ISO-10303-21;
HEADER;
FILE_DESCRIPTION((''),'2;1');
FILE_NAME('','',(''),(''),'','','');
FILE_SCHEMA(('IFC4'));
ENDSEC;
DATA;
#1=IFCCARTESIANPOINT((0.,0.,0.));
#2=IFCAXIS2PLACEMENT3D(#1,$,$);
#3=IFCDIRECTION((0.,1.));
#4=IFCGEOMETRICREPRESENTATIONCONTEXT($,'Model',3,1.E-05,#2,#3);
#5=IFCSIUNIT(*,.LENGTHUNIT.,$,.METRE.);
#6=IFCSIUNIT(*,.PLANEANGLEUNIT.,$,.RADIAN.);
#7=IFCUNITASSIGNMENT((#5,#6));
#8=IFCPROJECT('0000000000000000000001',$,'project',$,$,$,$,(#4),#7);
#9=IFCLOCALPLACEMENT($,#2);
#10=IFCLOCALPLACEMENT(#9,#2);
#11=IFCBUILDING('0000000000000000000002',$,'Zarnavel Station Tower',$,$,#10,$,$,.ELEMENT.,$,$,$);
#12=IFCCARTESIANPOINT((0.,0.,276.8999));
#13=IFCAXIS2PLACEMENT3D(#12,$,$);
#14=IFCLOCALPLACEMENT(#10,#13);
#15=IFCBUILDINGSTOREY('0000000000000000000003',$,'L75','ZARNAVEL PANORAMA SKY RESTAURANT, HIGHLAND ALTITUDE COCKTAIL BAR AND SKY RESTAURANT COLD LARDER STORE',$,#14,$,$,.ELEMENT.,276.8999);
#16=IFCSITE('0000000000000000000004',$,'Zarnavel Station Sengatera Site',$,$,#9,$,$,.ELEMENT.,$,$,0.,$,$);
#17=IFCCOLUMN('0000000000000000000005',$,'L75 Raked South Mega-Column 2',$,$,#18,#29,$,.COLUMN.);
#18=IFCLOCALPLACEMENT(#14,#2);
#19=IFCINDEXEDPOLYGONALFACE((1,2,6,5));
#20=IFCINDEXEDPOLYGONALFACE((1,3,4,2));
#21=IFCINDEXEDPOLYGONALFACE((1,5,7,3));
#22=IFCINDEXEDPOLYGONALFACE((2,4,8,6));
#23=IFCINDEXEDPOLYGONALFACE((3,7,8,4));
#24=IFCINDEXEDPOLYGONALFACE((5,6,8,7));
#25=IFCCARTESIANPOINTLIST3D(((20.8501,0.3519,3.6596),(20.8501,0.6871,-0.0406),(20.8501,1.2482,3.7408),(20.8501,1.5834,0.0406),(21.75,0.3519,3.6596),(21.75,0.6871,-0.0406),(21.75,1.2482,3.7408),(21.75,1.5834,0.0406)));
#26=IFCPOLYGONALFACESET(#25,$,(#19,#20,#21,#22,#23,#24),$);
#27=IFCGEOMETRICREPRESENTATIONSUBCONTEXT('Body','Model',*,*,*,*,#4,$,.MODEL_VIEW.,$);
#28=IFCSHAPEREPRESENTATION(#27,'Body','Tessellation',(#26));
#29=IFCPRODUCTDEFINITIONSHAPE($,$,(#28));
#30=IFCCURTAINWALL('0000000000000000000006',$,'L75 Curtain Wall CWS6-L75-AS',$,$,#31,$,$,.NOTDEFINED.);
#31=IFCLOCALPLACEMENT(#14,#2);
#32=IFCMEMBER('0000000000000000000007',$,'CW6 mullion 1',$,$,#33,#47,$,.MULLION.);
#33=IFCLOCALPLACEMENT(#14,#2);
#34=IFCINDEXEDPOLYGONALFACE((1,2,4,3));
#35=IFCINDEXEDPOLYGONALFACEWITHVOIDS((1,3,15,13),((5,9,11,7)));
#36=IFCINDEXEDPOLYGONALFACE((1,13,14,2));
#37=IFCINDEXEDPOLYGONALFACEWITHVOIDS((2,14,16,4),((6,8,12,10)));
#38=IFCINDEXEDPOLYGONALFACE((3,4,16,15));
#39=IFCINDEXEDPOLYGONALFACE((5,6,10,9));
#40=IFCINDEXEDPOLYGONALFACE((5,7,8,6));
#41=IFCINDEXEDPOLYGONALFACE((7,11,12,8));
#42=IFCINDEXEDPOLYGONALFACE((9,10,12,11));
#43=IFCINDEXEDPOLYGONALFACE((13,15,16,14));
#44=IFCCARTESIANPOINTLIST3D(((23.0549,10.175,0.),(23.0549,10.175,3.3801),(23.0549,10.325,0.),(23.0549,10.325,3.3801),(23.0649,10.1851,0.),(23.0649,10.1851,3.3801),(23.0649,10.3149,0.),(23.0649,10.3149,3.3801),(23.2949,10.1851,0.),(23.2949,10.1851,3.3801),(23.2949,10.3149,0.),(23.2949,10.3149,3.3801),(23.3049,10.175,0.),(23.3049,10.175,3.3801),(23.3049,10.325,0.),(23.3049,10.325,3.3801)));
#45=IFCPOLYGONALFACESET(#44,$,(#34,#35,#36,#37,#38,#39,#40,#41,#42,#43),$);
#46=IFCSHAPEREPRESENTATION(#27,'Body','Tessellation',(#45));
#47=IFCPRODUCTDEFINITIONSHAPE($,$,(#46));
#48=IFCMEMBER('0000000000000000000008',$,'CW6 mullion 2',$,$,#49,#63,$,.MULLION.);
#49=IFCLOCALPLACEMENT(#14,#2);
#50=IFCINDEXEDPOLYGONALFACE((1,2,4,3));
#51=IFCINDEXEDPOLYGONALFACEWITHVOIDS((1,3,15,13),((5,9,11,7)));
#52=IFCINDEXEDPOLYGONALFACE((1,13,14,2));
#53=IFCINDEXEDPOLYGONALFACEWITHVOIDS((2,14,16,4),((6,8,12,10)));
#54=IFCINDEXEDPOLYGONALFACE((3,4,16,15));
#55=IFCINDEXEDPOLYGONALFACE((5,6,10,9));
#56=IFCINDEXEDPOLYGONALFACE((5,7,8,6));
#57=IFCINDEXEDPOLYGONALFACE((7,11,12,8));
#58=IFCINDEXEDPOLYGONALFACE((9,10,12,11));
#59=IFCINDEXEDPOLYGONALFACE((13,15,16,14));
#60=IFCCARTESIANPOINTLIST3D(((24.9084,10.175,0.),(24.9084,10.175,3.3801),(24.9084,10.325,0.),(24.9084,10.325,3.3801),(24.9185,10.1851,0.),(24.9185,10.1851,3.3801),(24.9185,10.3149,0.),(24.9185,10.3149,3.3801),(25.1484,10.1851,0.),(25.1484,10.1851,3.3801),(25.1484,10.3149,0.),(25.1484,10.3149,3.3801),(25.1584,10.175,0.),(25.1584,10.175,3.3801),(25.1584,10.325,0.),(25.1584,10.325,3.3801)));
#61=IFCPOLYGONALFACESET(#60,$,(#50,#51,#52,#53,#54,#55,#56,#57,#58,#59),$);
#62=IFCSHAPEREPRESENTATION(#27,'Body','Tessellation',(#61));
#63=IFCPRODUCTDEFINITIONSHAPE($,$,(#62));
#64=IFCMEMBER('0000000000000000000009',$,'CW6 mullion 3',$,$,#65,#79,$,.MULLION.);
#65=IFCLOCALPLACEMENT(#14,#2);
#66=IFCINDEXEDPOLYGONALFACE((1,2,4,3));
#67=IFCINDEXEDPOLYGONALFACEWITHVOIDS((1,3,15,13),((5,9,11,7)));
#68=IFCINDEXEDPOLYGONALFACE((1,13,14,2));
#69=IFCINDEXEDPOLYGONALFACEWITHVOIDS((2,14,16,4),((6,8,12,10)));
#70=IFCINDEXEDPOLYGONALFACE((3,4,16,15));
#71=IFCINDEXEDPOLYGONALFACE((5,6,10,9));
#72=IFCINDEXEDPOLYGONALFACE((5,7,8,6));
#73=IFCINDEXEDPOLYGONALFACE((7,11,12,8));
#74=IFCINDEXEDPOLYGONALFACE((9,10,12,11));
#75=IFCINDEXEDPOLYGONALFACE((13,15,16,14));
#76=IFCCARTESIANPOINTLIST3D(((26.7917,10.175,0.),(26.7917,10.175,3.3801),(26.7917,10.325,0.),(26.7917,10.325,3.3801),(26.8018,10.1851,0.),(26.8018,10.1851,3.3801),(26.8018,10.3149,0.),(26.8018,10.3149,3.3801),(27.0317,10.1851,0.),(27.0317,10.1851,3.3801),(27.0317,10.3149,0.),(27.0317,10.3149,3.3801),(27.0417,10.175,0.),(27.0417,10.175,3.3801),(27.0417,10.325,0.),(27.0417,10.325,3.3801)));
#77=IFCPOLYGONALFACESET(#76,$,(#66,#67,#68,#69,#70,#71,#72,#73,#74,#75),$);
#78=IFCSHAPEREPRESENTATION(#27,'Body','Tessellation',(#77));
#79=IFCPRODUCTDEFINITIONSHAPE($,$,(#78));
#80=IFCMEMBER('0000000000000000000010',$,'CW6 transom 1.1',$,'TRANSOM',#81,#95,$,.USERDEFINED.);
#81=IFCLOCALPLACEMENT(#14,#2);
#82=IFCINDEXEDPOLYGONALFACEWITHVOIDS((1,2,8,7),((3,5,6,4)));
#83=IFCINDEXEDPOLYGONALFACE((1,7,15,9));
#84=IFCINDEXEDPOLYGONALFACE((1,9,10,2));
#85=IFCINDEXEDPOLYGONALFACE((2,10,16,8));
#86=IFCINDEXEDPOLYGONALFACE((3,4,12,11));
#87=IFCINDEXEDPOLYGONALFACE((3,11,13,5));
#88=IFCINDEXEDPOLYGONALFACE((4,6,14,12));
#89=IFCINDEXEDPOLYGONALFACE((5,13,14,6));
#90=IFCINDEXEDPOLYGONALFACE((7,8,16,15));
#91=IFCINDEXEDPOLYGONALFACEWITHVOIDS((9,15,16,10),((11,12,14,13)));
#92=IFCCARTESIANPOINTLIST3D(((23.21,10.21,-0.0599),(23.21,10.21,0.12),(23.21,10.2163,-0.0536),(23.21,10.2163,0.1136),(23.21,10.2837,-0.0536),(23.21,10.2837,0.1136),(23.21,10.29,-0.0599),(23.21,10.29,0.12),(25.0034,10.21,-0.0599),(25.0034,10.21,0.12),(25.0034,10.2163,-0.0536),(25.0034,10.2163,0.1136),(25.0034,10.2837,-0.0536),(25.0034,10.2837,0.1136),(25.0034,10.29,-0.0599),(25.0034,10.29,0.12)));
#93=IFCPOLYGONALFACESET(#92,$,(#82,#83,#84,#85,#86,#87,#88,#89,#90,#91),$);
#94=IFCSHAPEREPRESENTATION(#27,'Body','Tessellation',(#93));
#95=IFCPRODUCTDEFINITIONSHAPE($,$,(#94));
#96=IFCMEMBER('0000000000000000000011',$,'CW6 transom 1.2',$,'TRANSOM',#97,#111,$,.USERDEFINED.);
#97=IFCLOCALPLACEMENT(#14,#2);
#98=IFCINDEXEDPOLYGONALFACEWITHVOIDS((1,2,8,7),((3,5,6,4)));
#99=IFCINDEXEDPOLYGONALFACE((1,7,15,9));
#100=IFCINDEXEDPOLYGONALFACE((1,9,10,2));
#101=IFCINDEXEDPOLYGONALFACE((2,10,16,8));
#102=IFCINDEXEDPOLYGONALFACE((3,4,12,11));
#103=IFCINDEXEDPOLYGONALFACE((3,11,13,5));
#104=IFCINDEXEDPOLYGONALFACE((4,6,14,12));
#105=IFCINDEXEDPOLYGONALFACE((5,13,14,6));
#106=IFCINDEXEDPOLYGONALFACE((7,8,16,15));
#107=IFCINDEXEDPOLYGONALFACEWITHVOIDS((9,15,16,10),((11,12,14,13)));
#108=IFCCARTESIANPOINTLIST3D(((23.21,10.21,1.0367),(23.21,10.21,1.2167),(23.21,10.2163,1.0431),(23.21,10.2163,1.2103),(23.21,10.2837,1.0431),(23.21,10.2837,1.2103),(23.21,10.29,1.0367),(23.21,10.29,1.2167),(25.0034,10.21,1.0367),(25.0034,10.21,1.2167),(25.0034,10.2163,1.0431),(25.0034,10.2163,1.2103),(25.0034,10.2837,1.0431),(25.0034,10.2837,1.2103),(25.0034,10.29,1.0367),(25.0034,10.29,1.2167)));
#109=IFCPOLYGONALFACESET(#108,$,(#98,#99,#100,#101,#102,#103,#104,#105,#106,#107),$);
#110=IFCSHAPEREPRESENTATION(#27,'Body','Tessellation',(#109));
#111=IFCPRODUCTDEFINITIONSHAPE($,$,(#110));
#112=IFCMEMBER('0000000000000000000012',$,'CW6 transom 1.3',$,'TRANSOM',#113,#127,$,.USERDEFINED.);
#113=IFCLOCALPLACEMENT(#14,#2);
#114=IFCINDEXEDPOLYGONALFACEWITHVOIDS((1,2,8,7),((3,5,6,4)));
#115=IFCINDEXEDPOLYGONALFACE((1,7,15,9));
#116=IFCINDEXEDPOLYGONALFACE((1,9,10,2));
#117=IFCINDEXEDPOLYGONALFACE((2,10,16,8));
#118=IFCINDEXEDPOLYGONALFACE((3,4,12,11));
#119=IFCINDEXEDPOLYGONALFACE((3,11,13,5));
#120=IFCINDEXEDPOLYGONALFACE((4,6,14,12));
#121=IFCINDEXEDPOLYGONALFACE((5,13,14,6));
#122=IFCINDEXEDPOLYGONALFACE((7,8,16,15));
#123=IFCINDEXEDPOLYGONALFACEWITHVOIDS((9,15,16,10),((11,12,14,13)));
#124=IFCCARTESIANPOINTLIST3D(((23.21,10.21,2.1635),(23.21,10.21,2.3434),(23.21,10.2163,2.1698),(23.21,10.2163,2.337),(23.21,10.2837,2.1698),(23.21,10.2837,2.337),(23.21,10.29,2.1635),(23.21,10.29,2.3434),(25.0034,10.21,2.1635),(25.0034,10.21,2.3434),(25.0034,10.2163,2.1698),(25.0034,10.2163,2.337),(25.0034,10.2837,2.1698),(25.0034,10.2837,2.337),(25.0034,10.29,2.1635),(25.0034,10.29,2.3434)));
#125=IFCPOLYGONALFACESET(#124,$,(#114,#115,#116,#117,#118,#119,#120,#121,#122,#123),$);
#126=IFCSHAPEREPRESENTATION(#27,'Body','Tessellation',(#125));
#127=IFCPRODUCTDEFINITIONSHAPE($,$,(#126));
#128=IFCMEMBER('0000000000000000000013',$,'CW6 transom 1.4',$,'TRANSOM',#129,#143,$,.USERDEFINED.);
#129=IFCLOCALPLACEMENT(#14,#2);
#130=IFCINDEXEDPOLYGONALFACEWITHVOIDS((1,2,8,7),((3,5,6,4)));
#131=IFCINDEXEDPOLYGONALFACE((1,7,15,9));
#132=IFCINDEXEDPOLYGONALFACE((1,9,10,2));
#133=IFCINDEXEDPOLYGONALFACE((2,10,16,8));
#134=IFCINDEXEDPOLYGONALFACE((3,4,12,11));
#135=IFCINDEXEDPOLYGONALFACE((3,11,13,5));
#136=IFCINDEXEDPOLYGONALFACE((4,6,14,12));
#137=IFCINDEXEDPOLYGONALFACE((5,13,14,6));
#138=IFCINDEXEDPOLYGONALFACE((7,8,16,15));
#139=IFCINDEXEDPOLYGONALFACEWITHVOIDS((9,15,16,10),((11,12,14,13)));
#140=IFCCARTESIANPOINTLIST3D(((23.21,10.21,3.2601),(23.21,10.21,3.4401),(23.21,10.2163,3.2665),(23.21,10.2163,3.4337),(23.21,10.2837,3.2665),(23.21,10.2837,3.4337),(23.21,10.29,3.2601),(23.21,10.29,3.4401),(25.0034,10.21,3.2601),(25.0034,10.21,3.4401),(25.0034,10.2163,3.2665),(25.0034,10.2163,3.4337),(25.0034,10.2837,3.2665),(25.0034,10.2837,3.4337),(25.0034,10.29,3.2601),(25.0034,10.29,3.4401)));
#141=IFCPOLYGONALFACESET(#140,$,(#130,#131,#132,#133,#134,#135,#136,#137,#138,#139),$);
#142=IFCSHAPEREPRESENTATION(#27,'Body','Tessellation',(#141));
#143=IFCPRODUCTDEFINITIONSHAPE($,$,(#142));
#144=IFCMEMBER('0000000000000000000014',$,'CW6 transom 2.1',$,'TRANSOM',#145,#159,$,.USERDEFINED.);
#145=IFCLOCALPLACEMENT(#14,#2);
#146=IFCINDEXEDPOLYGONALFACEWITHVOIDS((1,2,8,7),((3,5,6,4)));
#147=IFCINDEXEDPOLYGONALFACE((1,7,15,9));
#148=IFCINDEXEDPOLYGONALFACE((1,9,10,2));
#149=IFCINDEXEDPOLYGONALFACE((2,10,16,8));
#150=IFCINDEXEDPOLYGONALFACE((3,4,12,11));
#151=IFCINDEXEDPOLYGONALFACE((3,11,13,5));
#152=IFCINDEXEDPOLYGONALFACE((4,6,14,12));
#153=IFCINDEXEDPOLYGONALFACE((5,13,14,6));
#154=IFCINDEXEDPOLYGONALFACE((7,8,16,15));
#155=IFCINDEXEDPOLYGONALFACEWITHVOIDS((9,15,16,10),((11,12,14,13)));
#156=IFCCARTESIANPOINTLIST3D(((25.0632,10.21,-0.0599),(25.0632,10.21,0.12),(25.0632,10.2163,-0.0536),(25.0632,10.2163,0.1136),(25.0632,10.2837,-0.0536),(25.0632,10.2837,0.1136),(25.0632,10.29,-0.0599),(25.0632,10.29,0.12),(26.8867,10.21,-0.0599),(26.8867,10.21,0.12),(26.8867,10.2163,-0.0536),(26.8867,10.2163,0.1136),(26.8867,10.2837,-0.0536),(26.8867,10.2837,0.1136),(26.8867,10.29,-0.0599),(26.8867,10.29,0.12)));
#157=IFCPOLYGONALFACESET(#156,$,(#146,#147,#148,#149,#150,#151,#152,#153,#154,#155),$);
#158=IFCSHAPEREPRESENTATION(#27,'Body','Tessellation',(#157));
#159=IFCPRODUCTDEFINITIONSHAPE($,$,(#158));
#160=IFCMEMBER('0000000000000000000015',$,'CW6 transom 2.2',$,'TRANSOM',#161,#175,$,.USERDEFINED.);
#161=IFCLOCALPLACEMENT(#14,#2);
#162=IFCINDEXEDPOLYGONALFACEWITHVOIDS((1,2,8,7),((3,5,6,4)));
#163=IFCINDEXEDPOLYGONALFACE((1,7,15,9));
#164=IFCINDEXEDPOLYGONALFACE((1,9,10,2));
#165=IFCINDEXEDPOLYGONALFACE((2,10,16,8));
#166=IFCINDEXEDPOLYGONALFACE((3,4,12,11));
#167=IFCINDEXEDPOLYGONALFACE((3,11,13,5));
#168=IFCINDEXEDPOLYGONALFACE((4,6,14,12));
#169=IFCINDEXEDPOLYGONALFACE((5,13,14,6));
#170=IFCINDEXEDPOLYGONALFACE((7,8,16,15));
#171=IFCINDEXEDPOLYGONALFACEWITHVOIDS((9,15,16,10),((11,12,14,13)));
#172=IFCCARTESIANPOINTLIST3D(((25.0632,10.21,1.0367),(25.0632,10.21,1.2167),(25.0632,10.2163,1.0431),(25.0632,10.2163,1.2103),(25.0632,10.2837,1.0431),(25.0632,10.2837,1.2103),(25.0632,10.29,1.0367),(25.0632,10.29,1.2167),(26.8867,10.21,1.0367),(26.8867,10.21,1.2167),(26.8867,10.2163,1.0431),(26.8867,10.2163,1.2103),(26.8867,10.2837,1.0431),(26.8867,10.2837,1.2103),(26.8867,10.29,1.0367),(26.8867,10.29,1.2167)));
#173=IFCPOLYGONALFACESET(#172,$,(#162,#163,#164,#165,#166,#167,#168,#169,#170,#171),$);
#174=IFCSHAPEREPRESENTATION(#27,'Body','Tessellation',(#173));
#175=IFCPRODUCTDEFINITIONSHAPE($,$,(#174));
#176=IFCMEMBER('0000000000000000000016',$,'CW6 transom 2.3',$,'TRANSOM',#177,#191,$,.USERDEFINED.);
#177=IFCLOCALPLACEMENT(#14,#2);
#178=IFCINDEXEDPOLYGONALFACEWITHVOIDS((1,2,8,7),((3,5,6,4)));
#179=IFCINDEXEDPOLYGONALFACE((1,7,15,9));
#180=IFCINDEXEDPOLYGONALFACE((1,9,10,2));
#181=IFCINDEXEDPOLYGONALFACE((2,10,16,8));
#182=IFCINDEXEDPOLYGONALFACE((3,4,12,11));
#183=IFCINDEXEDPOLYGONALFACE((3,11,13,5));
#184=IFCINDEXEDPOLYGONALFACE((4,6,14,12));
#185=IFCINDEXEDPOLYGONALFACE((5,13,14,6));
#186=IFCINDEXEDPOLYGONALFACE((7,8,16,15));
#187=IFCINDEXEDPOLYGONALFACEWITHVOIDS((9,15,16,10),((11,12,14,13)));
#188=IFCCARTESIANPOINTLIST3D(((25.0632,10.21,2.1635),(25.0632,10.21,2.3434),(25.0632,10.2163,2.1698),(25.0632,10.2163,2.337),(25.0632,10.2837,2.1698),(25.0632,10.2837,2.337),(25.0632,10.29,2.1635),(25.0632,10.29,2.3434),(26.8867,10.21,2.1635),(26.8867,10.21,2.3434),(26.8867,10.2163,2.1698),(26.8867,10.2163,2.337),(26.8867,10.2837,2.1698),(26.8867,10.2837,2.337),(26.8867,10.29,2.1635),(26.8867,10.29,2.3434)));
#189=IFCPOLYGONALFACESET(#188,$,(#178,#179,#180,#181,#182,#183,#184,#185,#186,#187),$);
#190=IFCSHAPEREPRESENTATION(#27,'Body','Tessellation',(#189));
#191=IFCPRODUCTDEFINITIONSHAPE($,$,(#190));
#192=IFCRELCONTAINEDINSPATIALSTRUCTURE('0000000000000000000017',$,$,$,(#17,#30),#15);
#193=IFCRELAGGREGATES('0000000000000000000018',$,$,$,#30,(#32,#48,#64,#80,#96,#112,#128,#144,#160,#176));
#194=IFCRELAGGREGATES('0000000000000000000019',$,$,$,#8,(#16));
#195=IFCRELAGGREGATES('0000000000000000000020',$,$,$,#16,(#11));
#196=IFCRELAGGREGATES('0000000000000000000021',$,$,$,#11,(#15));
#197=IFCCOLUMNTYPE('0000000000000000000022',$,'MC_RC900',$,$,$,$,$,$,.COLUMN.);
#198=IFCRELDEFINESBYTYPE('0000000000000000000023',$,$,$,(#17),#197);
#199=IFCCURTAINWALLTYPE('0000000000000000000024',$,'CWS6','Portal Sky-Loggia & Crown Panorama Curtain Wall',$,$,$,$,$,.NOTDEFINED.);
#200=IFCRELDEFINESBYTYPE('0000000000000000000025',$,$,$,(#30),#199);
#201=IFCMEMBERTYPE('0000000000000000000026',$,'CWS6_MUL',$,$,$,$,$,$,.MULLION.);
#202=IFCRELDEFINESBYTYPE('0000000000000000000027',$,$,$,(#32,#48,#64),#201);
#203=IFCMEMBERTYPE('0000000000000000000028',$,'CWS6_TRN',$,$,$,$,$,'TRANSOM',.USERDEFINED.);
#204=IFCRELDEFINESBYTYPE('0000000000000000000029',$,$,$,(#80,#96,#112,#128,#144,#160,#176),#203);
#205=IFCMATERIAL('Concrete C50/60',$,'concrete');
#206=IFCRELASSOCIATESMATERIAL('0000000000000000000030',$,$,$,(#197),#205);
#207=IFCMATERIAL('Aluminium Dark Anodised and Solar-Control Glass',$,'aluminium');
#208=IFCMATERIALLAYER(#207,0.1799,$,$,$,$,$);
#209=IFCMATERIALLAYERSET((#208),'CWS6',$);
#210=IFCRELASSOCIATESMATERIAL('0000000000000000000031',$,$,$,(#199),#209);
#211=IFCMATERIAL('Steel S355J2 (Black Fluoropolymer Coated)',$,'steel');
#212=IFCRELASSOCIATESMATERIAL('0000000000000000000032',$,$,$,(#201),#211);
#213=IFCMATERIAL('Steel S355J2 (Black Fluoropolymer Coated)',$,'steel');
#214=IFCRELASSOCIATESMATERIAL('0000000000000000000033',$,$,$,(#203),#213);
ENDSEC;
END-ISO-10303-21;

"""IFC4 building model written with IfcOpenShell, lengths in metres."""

from ifc_helpers import new_model, si_unit, direction, frame, origin, origin_2d, place, context, subcontext, project, spatial, rectangle, hollow_rectangle, extrude, material, layer, layer_set, material_profile, profile_set, type_object, element, aggregate, save


model = new_model("IFC4")

# Units and contexts
model_context = context("Model", 3, precision=1e-05, world=origin(), true_north=direction((0.0, 1.0)))
body_context = subcontext(model_context, "Body", "Model", "MODEL_VIEW")
ifc_project = project(units=[si_unit("LENGTHUNIT", "METRE"), si_unit("PLANEANGLEUNIT", "RADIAN")], contexts=[model_context])

# Site, building, storey
site_placement = place(None, origin())
site = spatial("IfcSite", under=ifc_project, at=site_placement, Name="Zarnavel Station Sengatera Site", CompositionType="ELEMENT", RefElevation=0.0)
building_placement = place(site_placement, origin())
building = spatial("IfcBuilding", under=site, at=building_placement, Name="Zarnavel Station Tower", CompositionType="ELEMENT")
storey_placement = place(building_placement, frame((0.0, 0.0, 276.8999)))
storey = spatial("IfcBuildingStorey", under=building, at=storey_placement, Name="L75", Description="ZARNAVEL PANORAMA SKY RESTAURANT, HIGHLAND ALTITUDE COCKTAIL BAR AND SKY RESTAURANT COLD LARDER STORE", CompositionType="ELEMENT", Elevation=276.8999)

# Column
ifc_material_1 = material(Name="Concrete C50/60", Category="concrete")
ifc_material_profile_1 = material_profile(ifc_material_1, rectangle(XDim=0.8999, YDim=0.8999, at=origin_2d()), Name="RC900x900")
ifc_profile_set_1 = profile_set([ifc_material_profile_1], Name="Concrete C50/60")
column_type = type_object("IfcColumnType", Name="MC_RC900", PredefinedType="COLUMN", material=ifc_profile_set_1)
column_placement = place(storey_placement, frame((21.3, 1.1353, 0.0), z_axis=(0.0, -0.090222, 0.995922), x_axis=(1.0, 0.0, 0.0)))
element("IfcColumn", 1, at=column_placement, inside=storey, type_object=column_type, Name="L75 Raked South Mega-Column 2", PredefinedType="COLUMN", context=body_context, shape_type="SweptSolid", body=[
    extrude(rectangle(XDim=0.8999, YDim=0.8999, at=origin_2d()), origin(), (0.0, 0.0, 1.0), 3.7153),
])

# Curtain wall, members
ifc_material_2 = material(Name="Aluminium Dark Anodised and Solar-Control Glass", Category="aluminium")
ifc_layer_1 = layer(ifc_material_2, 0.1799)
ifc_layer_set_1 = layer_set([ifc_layer_1], Name="CWS6")
curtain_wall_type = type_object("IfcCurtainWallType", Name="CWS6", Description="Portal Sky-Loggia & Crown Panorama Curtain Wall", PredefinedType="NOTDEFINED", material=ifc_layer_set_1)
curtain_wall_placement = place(storey_placement, origin())
curtain_wall = element("IfcCurtainWall", 2, at=curtain_wall_placement, inside=storey, type_object=curtain_wall_type, Name="L75 Curtain Wall CWS6-L75-AS", PredefinedType="NOTDEFINED")
ifc_material_3 = material(Name="Steel S355J2 (Black Fluoropolymer Coated)", Category="steel")
ifc_material_profile_2 = material_profile(ifc_material_3, hollow_rectangle(XDim=0.1499, YDim=0.25, WallThickness=0.01, at=origin_2d()), Name="RHS250x150x10")
ifc_profile_set_2 = profile_set([ifc_material_profile_2], Name="Steel S355J2 (Black Fluoropolymer Coated)")
member_type_1 = type_object("IfcMemberType", Name="CWS6_MUL", PredefinedType="MULLION", material=ifc_profile_set_2)
member_1_placement = place(storey_placement, frame((23.1799, 10.25, 0.0), z_axis=(0.0, 0.0, 1.0), x_axis=(0.0, 1.0, 0.0)))
member_1 = element("IfcMember", 3, at=member_1_placement, type_object=member_type_1, Name="CW6 mullion 1", PredefinedType="MULLION", context=body_context, shape_type="SweptSolid", body=[
    extrude(hollow_rectangle(XDim=0.1499, YDim=0.25, WallThickness=0.01, at=origin_2d()), origin(), (0.0, 0.0, 1.0), 3.3801),
])
member_2_placement = place(storey_placement, frame((25.0334, 10.25, 0.0), z_axis=(0.0, 0.0, 1.0), x_axis=(0.0, 1.0, 0.0)))
member_2 = element("IfcMember", 4, at=member_2_placement, type_object=member_type_1, Name="CW6 mullion 2", PredefinedType="MULLION", context=body_context, shape_type="SweptSolid", body=[
    extrude(hollow_rectangle(XDim=0.1499, YDim=0.25, WallThickness=0.01, at=origin_2d()), origin(), (0.0, 0.0, 1.0), 3.3801),
])
member_3_placement = place(storey_placement, frame((26.9167, 10.25, 0.0), z_axis=(0.0, 0.0, 1.0), x_axis=(0.0, 1.0, 0.0)))
member_3 = element("IfcMember", 5, at=member_3_placement, type_object=member_type_1, Name="CW6 mullion 3", PredefinedType="MULLION", context=body_context, shape_type="SweptSolid", body=[
    extrude(hollow_rectangle(XDim=0.1499, YDim=0.25, WallThickness=0.01, at=origin_2d()), origin(), (0.0, 0.0, 1.0), 3.3801),
])
ifc_material_4 = material(Name="Steel S355J2 (Black Fluoropolymer Coated)", Category="steel")
ifc_material_profile_3 = material_profile(ifc_material_4, hollow_rectangle(XDim=0.0801, YDim=0.1799, WallThickness=0.0063, at=origin_2d()), Name="RHS180x80x6.3")
ifc_profile_set_3 = profile_set([ifc_material_profile_3], Name="Steel S355J2 (Black Fluoropolymer Coated)")
member_type_2 = type_object("IfcMemberType", Name="CWS6_TRN", ElementType="TRANSOM", PredefinedType="USERDEFINED", material=ifc_profile_set_3)
member_4_placement = place(storey_placement, frame((23.21, 10.25, 0.03), z_axis=(1.0, 0.0, 0.0), x_axis=(0.0, 1.0, 0.0)))
member_4 = element("IfcMember", 6, at=member_4_placement, type_object=member_type_2, Name="CW6 transom 1.1", ObjectType="TRANSOM", PredefinedType="USERDEFINED", context=body_context, shape_type="SweptSolid", body=[
    extrude(hollow_rectangle(XDim=0.0801, YDim=0.1799, WallThickness=0.0063, at=origin_2d()), origin(), (0.0, 0.0, 1.0), 1.7935),
])
member_5_placement = place(storey_placement, frame((23.21, 10.25, 1.1267), z_axis=(1.0, 0.0, 0.0), x_axis=(0.0, 1.0, 0.0)))
member_5 = element("IfcMember", 7, at=member_5_placement, type_object=member_type_2, Name="CW6 transom 1.2", ObjectType="TRANSOM", PredefinedType="USERDEFINED", context=body_context, shape_type="SweptSolid", body=[
    extrude(hollow_rectangle(XDim=0.0801, YDim=0.1799, WallThickness=0.0063, at=origin_2d()), origin(), (0.0, 0.0, 1.0), 1.7935),
])
member_6_placement = place(storey_placement, frame((23.21, 10.25, 2.2534), z_axis=(1.0, 0.0, 0.0), x_axis=(0.0, 1.0, 0.0)))
member_6 = element("IfcMember", 8, at=member_6_placement, type_object=member_type_2, Name="CW6 transom 1.3", ObjectType="TRANSOM", PredefinedType="USERDEFINED", context=body_context, shape_type="SweptSolid", body=[
    extrude(hollow_rectangle(XDim=0.0801, YDim=0.1799, WallThickness=0.0063, at=origin_2d()), origin(), (0.0, 0.0, 1.0), 1.7935),
])
member_7_placement = place(storey_placement, frame((23.21, 10.25, 3.3501), z_axis=(1.0, 0.0, 0.0), x_axis=(0.0, 1.0, 0.0)))
member_7 = element("IfcMember", 9, at=member_7_placement, type_object=member_type_2, Name="CW6 transom 1.4", ObjectType="TRANSOM", PredefinedType="USERDEFINED", context=body_context, shape_type="SweptSolid", body=[
    extrude(hollow_rectangle(XDim=0.0801, YDim=0.1799, WallThickness=0.0063, at=origin_2d()), origin(), (0.0, 0.0, 1.0), 1.7935),
])
member_8_placement = place(storey_placement, frame((25.0632, 10.25, 0.03), z_axis=(1.0, 0.0, 0.0), x_axis=(0.0, 1.0, 0.0)))
member_8 = element("IfcMember", 10, at=member_8_placement, type_object=member_type_2, Name="CW6 transom 2.1", ObjectType="TRANSOM", PredefinedType="USERDEFINED", context=body_context, shape_type="SweptSolid", body=[
    extrude(hollow_rectangle(XDim=0.0801, YDim=0.1799, WallThickness=0.0063, at=origin_2d()), origin(), (0.0, 0.0, 1.0), 1.8235),
])
member_9_placement = place(storey_placement, frame((25.0632, 10.25, 1.1267), z_axis=(1.0, 0.0, 0.0), x_axis=(0.0, 1.0, 0.0)))
member_9 = element("IfcMember", 11, at=member_9_placement, type_object=member_type_2, Name="CW6 transom 2.2", ObjectType="TRANSOM", PredefinedType="USERDEFINED", context=body_context, shape_type="SweptSolid", body=[
    extrude(hollow_rectangle(XDim=0.0801, YDim=0.1799, WallThickness=0.0063, at=origin_2d()), origin(), (0.0, 0.0, 1.0), 1.8235),
])
member_10_placement = place(storey_placement, frame((25.0632, 10.25, 2.2534), z_axis=(1.0, 0.0, 0.0), x_axis=(0.0, 1.0, 0.0)))
member_10 = element("IfcMember", 12, at=member_10_placement, type_object=member_type_2, Name="CW6 transom 2.3", ObjectType="TRANSOM", PredefinedType="USERDEFINED", context=body_context, shape_type="SweptSolid", body=[
    extrude(hollow_rectangle(XDim=0.0801, YDim=0.1799, WallThickness=0.0063, at=origin_2d()), origin(), (0.0, 0.0, 1.0), 1.8235),
])

aggregate(curtain_wall, [member_1, member_2, member_3, member_4, member_5, member_6, member_7, member_8, member_9, member_10])

save(model, "model.ifc")
